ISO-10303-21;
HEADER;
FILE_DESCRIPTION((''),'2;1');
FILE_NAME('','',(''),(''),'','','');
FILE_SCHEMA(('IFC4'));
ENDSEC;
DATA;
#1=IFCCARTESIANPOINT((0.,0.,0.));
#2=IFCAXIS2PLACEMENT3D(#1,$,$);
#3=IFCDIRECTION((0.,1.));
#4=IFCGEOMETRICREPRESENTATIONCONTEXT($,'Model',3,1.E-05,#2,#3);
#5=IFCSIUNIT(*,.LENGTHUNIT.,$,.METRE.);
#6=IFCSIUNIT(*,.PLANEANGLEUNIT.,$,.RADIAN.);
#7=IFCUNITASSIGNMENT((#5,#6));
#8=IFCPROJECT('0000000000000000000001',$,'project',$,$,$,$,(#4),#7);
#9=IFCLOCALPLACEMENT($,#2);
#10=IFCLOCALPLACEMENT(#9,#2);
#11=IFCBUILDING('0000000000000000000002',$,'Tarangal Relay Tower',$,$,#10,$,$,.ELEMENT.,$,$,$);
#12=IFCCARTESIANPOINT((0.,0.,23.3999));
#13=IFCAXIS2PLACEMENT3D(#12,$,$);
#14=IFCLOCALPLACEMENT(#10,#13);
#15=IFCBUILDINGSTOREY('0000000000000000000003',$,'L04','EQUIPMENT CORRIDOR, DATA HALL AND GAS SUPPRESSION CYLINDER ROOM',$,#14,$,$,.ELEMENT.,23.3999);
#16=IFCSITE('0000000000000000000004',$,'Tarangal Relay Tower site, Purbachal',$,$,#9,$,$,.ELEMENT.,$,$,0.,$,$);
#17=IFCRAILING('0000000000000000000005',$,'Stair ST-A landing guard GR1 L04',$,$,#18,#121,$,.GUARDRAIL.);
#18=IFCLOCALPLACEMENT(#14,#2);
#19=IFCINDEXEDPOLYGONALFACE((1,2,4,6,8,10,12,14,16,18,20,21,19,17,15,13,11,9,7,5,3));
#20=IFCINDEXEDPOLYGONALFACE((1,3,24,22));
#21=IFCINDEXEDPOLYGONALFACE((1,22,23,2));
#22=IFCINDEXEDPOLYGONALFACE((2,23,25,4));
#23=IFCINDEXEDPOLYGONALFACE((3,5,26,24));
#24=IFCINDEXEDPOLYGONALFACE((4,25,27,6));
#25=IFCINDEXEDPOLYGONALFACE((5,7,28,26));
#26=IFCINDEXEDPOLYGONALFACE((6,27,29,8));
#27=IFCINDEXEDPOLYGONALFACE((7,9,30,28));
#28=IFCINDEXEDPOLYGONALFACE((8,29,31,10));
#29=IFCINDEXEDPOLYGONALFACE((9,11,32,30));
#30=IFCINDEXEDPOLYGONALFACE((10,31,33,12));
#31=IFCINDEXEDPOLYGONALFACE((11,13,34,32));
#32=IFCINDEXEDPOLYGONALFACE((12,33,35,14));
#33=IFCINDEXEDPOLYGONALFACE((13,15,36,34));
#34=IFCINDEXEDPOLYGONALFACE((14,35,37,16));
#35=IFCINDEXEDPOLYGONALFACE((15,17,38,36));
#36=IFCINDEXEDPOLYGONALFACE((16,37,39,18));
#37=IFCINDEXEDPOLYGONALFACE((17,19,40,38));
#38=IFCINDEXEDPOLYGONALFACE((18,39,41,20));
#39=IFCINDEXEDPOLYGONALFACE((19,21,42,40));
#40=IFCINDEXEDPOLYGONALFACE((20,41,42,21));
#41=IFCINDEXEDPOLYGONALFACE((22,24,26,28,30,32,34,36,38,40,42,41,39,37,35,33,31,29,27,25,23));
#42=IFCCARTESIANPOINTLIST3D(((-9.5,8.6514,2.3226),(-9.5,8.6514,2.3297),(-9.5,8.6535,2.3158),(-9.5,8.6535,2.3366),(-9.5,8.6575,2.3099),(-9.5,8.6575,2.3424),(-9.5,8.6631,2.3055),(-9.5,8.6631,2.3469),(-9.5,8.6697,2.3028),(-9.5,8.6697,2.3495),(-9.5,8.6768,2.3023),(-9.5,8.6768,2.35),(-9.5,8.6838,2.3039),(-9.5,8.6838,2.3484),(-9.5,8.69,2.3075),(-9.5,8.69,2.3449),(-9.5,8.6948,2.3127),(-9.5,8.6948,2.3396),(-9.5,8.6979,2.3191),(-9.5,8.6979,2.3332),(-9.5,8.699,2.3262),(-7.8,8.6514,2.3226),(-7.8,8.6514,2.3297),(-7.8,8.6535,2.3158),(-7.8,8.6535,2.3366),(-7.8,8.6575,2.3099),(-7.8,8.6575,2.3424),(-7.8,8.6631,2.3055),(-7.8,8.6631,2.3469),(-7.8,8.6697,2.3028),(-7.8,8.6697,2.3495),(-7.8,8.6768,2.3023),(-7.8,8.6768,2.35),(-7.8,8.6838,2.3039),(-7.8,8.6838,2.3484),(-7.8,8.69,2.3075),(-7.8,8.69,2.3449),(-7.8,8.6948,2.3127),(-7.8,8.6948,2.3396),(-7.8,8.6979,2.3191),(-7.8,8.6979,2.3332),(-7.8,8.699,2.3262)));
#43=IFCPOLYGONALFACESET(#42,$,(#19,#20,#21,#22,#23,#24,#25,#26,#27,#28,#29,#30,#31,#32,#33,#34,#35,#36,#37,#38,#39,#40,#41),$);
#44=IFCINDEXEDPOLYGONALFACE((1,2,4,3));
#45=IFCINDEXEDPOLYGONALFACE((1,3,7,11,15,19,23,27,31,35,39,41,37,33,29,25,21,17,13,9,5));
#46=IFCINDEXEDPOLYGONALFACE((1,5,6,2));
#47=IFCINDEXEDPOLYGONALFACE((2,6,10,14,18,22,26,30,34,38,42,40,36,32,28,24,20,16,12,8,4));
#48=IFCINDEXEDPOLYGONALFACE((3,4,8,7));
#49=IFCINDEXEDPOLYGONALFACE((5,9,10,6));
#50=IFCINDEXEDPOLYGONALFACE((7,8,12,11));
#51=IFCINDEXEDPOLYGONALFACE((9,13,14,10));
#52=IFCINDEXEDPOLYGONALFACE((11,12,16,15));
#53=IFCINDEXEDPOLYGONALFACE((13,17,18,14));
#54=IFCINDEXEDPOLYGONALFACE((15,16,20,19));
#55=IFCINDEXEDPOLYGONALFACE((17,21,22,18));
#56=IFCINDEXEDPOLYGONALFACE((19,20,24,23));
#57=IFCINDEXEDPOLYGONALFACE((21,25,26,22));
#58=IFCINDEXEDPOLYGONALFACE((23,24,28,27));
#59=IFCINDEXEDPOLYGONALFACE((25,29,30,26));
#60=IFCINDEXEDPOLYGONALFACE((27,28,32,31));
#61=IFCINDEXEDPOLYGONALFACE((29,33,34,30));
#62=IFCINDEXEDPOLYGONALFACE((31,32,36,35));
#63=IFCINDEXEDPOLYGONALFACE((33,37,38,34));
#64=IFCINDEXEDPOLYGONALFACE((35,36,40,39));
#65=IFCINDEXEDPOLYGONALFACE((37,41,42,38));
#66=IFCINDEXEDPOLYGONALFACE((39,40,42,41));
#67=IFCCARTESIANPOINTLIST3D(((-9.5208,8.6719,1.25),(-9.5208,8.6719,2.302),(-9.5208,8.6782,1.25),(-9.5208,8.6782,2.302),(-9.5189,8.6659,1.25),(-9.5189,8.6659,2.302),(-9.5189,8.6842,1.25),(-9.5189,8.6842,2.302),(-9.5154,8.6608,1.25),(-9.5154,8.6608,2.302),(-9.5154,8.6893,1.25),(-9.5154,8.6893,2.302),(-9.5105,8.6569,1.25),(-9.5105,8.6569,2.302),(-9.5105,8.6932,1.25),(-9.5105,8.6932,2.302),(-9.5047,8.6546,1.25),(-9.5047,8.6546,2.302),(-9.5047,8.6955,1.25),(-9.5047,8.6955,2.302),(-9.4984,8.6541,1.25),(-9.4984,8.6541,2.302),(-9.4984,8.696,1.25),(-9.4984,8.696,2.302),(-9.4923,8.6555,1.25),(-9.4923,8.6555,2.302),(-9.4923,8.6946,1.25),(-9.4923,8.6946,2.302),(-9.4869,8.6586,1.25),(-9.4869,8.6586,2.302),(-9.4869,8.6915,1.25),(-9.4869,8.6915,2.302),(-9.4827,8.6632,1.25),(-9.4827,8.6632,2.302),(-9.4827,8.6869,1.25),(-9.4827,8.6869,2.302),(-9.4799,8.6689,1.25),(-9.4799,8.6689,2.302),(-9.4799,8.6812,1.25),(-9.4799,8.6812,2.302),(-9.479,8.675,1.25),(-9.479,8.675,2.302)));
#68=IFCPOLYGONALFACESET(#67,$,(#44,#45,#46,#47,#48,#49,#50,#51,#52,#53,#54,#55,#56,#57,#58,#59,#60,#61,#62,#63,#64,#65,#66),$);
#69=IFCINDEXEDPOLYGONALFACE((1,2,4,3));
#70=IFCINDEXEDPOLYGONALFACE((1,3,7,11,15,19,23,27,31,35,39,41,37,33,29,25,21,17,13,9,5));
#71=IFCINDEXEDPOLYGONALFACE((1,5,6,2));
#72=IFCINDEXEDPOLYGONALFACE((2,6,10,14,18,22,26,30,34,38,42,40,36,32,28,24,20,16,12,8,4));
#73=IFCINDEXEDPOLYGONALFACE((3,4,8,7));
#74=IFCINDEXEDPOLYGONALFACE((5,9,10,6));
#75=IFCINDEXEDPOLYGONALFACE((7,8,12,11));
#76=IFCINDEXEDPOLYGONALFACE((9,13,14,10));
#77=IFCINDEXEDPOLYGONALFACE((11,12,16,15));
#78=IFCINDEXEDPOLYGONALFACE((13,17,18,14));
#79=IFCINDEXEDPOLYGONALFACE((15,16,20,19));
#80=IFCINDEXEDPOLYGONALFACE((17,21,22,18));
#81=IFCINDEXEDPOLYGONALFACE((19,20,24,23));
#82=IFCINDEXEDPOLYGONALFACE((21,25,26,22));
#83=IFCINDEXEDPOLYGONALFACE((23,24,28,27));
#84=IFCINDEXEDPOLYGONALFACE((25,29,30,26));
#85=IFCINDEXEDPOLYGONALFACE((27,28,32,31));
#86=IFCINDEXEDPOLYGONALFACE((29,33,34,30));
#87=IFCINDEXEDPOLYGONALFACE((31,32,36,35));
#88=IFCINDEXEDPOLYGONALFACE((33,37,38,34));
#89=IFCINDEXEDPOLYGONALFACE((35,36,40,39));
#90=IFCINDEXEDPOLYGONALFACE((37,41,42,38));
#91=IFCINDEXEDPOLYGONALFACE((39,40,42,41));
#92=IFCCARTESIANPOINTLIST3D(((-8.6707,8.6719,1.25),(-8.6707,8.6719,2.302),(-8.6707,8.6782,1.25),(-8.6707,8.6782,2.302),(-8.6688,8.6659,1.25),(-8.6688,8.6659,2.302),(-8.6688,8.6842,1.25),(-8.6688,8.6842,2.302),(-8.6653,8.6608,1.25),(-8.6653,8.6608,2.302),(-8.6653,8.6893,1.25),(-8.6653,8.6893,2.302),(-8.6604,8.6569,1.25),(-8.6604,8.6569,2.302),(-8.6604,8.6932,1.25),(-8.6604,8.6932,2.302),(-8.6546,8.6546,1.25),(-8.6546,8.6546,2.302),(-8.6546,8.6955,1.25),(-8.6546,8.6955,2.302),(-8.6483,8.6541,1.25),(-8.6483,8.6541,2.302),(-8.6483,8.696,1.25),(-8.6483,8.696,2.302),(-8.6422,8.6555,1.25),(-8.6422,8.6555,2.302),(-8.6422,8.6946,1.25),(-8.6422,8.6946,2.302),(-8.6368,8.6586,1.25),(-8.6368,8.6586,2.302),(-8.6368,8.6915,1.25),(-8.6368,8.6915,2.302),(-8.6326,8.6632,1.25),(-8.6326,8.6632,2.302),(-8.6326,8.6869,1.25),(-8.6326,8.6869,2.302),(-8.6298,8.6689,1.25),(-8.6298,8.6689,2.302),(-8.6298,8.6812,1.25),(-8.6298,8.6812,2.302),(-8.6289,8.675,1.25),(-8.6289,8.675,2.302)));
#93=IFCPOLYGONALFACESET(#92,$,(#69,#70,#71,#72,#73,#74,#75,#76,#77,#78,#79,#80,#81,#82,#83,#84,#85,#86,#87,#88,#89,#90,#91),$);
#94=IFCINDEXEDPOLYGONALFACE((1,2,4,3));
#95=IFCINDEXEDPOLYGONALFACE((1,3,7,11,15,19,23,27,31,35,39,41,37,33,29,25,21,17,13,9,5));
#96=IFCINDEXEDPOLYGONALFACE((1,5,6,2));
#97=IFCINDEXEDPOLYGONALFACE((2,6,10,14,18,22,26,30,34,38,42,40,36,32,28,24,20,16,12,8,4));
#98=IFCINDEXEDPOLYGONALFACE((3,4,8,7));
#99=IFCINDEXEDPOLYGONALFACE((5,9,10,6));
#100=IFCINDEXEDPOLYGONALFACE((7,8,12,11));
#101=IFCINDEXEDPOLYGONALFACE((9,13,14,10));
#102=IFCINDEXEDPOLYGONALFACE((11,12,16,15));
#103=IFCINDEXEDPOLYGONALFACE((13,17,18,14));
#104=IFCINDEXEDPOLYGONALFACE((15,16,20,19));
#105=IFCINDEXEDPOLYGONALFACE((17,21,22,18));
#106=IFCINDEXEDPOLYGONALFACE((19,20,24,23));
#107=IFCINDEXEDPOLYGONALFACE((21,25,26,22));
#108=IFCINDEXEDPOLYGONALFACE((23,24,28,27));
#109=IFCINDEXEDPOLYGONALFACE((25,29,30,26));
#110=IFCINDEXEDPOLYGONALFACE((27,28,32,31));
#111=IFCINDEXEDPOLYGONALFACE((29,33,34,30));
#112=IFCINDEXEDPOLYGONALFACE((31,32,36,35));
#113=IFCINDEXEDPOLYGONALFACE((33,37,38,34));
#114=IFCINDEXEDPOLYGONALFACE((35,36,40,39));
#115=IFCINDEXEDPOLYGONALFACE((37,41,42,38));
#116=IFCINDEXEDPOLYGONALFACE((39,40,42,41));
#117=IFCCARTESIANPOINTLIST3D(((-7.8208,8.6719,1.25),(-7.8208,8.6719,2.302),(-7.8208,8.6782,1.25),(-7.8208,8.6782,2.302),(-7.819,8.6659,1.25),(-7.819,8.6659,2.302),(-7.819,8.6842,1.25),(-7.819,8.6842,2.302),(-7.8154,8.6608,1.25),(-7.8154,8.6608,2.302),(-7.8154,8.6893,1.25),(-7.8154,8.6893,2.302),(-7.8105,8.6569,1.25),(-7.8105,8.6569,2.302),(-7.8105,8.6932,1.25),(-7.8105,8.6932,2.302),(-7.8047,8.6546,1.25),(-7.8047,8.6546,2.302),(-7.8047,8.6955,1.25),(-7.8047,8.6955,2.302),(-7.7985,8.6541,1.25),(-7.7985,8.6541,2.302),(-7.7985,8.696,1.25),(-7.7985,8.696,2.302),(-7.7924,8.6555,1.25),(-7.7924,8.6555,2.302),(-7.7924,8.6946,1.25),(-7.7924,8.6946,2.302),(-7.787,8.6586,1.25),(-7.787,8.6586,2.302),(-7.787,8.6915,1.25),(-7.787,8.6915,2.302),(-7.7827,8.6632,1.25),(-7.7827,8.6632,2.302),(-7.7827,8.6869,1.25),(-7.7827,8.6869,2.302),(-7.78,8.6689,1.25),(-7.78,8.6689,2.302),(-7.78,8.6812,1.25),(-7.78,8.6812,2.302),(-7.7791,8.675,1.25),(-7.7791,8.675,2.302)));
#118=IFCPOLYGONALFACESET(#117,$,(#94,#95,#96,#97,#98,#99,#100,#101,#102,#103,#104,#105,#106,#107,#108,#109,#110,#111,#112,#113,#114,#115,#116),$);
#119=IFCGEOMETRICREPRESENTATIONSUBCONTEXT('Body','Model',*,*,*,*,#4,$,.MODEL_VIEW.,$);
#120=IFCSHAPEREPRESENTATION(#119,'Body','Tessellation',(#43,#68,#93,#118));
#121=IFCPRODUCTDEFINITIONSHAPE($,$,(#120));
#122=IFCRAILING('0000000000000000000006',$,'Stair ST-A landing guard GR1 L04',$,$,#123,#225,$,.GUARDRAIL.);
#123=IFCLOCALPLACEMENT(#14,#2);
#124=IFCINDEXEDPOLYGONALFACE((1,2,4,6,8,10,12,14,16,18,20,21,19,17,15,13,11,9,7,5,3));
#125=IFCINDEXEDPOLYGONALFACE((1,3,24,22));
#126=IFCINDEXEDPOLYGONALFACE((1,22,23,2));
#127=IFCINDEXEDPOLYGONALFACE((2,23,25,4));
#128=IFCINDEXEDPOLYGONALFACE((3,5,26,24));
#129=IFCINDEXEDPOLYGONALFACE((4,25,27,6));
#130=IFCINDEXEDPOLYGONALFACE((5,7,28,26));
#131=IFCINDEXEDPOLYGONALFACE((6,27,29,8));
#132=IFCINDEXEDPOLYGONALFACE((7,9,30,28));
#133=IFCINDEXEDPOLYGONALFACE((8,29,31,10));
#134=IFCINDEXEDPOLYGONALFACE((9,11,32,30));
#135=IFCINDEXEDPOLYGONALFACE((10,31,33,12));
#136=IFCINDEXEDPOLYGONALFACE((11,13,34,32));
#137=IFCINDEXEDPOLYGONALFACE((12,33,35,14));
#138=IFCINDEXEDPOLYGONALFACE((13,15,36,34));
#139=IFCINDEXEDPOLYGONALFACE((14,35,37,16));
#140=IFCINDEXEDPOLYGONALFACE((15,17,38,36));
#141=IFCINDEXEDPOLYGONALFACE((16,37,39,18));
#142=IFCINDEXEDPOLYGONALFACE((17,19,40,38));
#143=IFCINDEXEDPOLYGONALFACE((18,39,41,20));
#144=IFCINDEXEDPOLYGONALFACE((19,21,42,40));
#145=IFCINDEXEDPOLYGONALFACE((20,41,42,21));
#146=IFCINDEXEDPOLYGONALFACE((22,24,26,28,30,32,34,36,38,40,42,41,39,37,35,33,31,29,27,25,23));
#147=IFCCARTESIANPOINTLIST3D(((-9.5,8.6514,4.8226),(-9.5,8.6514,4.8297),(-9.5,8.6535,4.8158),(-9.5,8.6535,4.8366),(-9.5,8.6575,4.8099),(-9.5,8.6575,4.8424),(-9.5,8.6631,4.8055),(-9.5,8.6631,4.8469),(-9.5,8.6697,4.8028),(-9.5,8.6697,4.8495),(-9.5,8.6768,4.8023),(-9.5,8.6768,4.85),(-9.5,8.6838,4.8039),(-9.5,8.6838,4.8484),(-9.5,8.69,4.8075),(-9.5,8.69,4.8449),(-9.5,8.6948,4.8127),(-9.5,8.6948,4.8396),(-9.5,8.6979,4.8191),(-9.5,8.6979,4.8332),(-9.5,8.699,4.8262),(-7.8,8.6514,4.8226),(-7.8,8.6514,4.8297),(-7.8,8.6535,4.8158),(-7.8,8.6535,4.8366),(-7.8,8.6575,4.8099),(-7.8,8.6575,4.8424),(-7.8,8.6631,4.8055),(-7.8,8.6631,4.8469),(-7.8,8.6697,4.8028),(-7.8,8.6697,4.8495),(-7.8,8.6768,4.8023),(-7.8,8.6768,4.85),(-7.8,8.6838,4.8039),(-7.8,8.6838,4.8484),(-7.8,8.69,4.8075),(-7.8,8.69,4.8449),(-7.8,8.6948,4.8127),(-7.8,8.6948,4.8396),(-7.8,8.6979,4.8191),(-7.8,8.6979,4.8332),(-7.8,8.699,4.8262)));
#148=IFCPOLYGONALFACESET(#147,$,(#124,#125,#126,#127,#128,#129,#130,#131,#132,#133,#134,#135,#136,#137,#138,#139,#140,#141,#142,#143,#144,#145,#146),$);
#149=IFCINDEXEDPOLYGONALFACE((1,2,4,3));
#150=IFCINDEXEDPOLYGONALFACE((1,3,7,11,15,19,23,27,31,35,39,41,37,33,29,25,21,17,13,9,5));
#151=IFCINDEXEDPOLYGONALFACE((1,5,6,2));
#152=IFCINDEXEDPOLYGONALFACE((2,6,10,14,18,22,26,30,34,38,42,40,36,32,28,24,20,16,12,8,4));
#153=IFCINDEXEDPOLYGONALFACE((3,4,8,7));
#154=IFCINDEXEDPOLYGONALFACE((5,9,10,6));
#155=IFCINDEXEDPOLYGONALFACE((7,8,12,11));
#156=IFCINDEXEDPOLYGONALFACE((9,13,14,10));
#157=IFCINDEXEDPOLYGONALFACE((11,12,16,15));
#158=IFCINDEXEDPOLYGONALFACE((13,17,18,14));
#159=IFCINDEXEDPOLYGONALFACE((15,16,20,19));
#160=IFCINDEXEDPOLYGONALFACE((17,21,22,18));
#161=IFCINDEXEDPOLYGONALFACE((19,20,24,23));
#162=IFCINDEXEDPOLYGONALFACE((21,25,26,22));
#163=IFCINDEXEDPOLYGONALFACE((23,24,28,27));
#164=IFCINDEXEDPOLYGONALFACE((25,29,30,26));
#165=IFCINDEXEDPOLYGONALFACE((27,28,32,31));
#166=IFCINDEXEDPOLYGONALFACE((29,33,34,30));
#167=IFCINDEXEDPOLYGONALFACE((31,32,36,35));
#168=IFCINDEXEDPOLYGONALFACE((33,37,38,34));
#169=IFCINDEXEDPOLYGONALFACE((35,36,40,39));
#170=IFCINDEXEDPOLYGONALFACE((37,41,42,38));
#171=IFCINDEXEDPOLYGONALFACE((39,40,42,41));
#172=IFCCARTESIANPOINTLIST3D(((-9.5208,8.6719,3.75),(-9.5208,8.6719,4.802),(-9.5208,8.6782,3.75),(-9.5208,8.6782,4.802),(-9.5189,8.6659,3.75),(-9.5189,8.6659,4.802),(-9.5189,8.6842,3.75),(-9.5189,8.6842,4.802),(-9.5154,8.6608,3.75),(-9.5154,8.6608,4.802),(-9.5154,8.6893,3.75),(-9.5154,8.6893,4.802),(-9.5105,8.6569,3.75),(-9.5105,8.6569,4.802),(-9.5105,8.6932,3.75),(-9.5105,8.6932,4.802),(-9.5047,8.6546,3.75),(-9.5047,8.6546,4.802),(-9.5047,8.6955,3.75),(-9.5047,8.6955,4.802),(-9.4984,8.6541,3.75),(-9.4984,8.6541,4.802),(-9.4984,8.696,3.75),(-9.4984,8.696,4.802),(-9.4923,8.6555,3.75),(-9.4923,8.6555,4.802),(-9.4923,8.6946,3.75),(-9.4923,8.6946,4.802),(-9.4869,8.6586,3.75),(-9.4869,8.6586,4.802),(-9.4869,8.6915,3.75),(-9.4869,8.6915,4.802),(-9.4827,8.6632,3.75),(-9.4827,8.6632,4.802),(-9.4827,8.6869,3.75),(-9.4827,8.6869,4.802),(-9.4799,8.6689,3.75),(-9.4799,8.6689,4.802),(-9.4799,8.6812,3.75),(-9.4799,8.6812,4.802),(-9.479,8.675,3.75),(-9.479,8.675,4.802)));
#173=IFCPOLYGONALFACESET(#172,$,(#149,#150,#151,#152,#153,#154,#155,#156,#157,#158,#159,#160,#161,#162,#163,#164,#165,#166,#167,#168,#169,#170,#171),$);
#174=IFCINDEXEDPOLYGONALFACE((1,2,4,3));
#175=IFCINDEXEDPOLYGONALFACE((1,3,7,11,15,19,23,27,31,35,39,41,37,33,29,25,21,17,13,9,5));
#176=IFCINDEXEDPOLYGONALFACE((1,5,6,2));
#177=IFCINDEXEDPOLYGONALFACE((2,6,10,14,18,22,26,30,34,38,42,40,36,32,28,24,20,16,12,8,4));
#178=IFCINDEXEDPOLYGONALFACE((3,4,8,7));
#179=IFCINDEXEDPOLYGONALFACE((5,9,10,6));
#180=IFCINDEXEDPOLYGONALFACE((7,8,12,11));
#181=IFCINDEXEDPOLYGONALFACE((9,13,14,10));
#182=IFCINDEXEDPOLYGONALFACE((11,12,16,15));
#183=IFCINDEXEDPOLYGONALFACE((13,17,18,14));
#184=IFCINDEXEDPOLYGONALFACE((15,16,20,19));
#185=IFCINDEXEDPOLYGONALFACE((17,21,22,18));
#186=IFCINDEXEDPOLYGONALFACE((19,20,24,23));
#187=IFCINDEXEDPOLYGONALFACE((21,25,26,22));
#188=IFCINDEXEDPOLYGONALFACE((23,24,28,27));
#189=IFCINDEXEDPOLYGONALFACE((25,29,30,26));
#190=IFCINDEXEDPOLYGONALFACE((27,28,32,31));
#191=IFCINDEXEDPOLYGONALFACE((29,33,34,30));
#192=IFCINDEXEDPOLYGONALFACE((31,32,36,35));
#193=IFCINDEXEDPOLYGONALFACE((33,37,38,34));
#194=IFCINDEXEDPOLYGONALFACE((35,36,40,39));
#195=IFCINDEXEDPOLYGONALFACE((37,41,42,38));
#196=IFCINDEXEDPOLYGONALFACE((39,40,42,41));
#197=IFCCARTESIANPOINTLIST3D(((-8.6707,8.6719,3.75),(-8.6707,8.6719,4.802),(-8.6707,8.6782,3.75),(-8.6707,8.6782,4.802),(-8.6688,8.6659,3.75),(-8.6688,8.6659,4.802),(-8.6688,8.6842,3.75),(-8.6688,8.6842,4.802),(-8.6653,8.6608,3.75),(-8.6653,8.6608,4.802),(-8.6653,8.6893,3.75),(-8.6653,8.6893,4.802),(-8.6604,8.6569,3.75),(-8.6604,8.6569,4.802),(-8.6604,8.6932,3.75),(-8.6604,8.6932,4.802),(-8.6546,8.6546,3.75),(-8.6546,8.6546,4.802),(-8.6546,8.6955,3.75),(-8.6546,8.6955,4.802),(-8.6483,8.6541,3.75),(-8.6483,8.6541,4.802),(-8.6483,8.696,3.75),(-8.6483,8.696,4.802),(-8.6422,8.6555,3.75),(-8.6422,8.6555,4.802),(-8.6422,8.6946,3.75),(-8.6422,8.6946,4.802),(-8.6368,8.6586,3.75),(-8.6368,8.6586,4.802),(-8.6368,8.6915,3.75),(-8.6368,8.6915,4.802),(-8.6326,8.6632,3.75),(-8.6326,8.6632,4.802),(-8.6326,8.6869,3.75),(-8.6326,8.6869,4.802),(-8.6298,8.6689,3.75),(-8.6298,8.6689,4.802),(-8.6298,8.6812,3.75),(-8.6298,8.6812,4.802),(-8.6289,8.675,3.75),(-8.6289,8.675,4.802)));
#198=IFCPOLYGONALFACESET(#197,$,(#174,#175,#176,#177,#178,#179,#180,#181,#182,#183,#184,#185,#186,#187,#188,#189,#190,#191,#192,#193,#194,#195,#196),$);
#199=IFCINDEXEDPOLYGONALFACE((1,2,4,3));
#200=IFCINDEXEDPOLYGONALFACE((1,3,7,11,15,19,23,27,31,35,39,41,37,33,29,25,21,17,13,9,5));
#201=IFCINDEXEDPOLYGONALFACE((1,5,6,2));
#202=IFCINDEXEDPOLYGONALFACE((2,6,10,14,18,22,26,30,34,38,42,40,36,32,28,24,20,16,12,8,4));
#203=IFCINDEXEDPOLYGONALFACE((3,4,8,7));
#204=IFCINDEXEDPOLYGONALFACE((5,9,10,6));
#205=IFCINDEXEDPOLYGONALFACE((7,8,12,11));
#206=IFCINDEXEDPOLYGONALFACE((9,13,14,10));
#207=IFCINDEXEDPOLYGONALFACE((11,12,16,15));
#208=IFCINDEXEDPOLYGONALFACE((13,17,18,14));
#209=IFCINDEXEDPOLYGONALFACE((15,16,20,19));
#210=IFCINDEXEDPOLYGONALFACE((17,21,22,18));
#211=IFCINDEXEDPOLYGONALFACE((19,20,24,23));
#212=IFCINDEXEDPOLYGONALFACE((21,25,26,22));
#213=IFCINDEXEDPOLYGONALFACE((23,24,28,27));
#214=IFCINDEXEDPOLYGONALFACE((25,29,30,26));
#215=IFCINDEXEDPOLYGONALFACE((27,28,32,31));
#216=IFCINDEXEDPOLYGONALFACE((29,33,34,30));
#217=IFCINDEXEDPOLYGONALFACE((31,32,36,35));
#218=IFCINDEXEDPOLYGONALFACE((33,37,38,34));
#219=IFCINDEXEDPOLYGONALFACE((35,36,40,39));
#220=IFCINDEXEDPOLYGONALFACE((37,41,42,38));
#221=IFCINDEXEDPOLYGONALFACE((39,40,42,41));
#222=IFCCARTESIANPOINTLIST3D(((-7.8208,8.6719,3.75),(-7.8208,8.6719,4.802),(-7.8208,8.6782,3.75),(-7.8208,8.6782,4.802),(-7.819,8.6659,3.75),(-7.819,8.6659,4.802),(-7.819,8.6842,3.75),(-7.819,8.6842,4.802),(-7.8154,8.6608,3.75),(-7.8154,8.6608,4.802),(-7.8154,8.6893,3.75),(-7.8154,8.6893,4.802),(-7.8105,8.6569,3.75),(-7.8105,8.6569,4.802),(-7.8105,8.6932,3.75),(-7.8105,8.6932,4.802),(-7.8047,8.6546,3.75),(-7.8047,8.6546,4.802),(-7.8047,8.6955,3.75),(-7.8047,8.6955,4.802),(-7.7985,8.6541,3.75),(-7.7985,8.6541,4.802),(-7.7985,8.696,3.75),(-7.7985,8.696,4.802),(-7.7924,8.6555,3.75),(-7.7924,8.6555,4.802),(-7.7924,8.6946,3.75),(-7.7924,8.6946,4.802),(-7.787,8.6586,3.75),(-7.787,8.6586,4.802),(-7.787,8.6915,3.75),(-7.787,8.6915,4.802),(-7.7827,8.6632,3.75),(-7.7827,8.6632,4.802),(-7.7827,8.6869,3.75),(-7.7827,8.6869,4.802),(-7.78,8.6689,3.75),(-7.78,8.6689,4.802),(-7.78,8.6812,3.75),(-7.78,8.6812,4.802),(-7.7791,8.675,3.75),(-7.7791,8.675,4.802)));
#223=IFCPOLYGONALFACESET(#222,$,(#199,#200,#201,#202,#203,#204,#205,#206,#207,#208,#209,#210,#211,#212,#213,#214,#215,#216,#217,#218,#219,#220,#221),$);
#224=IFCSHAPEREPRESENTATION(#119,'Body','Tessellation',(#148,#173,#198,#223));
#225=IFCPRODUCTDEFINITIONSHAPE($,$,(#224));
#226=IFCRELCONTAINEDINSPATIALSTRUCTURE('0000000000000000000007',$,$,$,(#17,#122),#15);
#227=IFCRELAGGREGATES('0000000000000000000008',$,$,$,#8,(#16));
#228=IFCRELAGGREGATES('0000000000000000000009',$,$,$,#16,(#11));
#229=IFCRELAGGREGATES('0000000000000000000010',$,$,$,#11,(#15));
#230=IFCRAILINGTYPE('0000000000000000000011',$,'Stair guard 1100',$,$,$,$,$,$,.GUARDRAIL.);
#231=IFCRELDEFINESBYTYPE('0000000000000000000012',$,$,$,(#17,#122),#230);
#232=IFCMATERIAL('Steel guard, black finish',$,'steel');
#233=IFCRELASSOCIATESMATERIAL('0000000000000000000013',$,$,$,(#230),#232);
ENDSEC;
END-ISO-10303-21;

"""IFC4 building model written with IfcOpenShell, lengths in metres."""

from ifc_helpers import new_model, si_unit, direction, frame, origin, origin_2d, place, context, subcontext, project, spatial, circle, extrude, material, type_object, element, save


model = new_model("IFC4")

# Units and contexts
model_context = context("Model", 3, precision=1e-05, world=origin(), true_north=direction((0.0, 1.0)))
body_context = subcontext(model_context, "Body", "Model", "MODEL_VIEW")
ifc_project = project(units=[si_unit("LENGTHUNIT", "METRE"), si_unit("PLANEANGLEUNIT", "RADIAN")], contexts=[model_context])

# Site, building, storey
site_placement = place(None, origin())
site = spatial("IfcSite", under=ifc_project, at=site_placement, Name="Tarangal Relay Tower site, Purbachal", CompositionType="ELEMENT", RefElevation=0.0)
building_placement = place(site_placement, origin())
building = spatial("IfcBuilding", under=site, at=building_placement, Name="Tarangal Relay Tower", CompositionType="ELEMENT")
storey_placement = place(building_placement, frame((0.0, 0.0, 23.3999)))
storey = spatial("IfcBuildingStorey", under=building, at=storey_placement, Name="L04", Description="EQUIPMENT CORRIDOR, DATA HALL AND GAS SUPPRESSION CYLINDER ROOM", CompositionType="ELEMENT", Elevation=23.3999)

# Railings
ifc_material_1 = material(Name="Steel guard, black finish", Category="steel")
railing_type_1 = type_object("IfcRailingType", Name="Stair guard 1100", PredefinedType="GUARDRAIL", material=ifc_material_1)
for number, where, name in (
    (1, (-9.5, 8.675, 1.25), "Stair ST-A landing guard GR1 L04"),
    (2, (-9.5, 8.675, 3.75), "Stair ST-A landing guard GR1 L04"),
):
    element("IfcRailing", number, at=place(storey_placement, frame(where)), inside=storey, type_object=railing_type_1, Name=name, PredefinedType="GUARDRAIL", context=body_context, shape_type="SweptSolid", body=[
        extrude(circle(Radius=0.0239, at=origin_2d()), frame((0.0, 0.0, 1.0762), z_axis=(1.0, 0.0, 0.0), x_axis=(0.0, 1.0, 0.0)), (0.0, 0.0, 1.0), 1.7),
        extrude(circle(Radius=0.021, at=origin_2d()), origin(), (0.0, 0.0, 1.0), 1.052),
        extrude(circle(Radius=0.021, at=origin_2d()), frame((0.8501, 0.0, 0.0)), (0.0, 0.0, 1.0), 1.052),
        extrude(circle(Radius=0.021, at=origin_2d()), frame((1.7, 0.0, 0.0)), (0.0, 0.0, 1.0), 1.052),
    ])

save(model, "model.ifc")
